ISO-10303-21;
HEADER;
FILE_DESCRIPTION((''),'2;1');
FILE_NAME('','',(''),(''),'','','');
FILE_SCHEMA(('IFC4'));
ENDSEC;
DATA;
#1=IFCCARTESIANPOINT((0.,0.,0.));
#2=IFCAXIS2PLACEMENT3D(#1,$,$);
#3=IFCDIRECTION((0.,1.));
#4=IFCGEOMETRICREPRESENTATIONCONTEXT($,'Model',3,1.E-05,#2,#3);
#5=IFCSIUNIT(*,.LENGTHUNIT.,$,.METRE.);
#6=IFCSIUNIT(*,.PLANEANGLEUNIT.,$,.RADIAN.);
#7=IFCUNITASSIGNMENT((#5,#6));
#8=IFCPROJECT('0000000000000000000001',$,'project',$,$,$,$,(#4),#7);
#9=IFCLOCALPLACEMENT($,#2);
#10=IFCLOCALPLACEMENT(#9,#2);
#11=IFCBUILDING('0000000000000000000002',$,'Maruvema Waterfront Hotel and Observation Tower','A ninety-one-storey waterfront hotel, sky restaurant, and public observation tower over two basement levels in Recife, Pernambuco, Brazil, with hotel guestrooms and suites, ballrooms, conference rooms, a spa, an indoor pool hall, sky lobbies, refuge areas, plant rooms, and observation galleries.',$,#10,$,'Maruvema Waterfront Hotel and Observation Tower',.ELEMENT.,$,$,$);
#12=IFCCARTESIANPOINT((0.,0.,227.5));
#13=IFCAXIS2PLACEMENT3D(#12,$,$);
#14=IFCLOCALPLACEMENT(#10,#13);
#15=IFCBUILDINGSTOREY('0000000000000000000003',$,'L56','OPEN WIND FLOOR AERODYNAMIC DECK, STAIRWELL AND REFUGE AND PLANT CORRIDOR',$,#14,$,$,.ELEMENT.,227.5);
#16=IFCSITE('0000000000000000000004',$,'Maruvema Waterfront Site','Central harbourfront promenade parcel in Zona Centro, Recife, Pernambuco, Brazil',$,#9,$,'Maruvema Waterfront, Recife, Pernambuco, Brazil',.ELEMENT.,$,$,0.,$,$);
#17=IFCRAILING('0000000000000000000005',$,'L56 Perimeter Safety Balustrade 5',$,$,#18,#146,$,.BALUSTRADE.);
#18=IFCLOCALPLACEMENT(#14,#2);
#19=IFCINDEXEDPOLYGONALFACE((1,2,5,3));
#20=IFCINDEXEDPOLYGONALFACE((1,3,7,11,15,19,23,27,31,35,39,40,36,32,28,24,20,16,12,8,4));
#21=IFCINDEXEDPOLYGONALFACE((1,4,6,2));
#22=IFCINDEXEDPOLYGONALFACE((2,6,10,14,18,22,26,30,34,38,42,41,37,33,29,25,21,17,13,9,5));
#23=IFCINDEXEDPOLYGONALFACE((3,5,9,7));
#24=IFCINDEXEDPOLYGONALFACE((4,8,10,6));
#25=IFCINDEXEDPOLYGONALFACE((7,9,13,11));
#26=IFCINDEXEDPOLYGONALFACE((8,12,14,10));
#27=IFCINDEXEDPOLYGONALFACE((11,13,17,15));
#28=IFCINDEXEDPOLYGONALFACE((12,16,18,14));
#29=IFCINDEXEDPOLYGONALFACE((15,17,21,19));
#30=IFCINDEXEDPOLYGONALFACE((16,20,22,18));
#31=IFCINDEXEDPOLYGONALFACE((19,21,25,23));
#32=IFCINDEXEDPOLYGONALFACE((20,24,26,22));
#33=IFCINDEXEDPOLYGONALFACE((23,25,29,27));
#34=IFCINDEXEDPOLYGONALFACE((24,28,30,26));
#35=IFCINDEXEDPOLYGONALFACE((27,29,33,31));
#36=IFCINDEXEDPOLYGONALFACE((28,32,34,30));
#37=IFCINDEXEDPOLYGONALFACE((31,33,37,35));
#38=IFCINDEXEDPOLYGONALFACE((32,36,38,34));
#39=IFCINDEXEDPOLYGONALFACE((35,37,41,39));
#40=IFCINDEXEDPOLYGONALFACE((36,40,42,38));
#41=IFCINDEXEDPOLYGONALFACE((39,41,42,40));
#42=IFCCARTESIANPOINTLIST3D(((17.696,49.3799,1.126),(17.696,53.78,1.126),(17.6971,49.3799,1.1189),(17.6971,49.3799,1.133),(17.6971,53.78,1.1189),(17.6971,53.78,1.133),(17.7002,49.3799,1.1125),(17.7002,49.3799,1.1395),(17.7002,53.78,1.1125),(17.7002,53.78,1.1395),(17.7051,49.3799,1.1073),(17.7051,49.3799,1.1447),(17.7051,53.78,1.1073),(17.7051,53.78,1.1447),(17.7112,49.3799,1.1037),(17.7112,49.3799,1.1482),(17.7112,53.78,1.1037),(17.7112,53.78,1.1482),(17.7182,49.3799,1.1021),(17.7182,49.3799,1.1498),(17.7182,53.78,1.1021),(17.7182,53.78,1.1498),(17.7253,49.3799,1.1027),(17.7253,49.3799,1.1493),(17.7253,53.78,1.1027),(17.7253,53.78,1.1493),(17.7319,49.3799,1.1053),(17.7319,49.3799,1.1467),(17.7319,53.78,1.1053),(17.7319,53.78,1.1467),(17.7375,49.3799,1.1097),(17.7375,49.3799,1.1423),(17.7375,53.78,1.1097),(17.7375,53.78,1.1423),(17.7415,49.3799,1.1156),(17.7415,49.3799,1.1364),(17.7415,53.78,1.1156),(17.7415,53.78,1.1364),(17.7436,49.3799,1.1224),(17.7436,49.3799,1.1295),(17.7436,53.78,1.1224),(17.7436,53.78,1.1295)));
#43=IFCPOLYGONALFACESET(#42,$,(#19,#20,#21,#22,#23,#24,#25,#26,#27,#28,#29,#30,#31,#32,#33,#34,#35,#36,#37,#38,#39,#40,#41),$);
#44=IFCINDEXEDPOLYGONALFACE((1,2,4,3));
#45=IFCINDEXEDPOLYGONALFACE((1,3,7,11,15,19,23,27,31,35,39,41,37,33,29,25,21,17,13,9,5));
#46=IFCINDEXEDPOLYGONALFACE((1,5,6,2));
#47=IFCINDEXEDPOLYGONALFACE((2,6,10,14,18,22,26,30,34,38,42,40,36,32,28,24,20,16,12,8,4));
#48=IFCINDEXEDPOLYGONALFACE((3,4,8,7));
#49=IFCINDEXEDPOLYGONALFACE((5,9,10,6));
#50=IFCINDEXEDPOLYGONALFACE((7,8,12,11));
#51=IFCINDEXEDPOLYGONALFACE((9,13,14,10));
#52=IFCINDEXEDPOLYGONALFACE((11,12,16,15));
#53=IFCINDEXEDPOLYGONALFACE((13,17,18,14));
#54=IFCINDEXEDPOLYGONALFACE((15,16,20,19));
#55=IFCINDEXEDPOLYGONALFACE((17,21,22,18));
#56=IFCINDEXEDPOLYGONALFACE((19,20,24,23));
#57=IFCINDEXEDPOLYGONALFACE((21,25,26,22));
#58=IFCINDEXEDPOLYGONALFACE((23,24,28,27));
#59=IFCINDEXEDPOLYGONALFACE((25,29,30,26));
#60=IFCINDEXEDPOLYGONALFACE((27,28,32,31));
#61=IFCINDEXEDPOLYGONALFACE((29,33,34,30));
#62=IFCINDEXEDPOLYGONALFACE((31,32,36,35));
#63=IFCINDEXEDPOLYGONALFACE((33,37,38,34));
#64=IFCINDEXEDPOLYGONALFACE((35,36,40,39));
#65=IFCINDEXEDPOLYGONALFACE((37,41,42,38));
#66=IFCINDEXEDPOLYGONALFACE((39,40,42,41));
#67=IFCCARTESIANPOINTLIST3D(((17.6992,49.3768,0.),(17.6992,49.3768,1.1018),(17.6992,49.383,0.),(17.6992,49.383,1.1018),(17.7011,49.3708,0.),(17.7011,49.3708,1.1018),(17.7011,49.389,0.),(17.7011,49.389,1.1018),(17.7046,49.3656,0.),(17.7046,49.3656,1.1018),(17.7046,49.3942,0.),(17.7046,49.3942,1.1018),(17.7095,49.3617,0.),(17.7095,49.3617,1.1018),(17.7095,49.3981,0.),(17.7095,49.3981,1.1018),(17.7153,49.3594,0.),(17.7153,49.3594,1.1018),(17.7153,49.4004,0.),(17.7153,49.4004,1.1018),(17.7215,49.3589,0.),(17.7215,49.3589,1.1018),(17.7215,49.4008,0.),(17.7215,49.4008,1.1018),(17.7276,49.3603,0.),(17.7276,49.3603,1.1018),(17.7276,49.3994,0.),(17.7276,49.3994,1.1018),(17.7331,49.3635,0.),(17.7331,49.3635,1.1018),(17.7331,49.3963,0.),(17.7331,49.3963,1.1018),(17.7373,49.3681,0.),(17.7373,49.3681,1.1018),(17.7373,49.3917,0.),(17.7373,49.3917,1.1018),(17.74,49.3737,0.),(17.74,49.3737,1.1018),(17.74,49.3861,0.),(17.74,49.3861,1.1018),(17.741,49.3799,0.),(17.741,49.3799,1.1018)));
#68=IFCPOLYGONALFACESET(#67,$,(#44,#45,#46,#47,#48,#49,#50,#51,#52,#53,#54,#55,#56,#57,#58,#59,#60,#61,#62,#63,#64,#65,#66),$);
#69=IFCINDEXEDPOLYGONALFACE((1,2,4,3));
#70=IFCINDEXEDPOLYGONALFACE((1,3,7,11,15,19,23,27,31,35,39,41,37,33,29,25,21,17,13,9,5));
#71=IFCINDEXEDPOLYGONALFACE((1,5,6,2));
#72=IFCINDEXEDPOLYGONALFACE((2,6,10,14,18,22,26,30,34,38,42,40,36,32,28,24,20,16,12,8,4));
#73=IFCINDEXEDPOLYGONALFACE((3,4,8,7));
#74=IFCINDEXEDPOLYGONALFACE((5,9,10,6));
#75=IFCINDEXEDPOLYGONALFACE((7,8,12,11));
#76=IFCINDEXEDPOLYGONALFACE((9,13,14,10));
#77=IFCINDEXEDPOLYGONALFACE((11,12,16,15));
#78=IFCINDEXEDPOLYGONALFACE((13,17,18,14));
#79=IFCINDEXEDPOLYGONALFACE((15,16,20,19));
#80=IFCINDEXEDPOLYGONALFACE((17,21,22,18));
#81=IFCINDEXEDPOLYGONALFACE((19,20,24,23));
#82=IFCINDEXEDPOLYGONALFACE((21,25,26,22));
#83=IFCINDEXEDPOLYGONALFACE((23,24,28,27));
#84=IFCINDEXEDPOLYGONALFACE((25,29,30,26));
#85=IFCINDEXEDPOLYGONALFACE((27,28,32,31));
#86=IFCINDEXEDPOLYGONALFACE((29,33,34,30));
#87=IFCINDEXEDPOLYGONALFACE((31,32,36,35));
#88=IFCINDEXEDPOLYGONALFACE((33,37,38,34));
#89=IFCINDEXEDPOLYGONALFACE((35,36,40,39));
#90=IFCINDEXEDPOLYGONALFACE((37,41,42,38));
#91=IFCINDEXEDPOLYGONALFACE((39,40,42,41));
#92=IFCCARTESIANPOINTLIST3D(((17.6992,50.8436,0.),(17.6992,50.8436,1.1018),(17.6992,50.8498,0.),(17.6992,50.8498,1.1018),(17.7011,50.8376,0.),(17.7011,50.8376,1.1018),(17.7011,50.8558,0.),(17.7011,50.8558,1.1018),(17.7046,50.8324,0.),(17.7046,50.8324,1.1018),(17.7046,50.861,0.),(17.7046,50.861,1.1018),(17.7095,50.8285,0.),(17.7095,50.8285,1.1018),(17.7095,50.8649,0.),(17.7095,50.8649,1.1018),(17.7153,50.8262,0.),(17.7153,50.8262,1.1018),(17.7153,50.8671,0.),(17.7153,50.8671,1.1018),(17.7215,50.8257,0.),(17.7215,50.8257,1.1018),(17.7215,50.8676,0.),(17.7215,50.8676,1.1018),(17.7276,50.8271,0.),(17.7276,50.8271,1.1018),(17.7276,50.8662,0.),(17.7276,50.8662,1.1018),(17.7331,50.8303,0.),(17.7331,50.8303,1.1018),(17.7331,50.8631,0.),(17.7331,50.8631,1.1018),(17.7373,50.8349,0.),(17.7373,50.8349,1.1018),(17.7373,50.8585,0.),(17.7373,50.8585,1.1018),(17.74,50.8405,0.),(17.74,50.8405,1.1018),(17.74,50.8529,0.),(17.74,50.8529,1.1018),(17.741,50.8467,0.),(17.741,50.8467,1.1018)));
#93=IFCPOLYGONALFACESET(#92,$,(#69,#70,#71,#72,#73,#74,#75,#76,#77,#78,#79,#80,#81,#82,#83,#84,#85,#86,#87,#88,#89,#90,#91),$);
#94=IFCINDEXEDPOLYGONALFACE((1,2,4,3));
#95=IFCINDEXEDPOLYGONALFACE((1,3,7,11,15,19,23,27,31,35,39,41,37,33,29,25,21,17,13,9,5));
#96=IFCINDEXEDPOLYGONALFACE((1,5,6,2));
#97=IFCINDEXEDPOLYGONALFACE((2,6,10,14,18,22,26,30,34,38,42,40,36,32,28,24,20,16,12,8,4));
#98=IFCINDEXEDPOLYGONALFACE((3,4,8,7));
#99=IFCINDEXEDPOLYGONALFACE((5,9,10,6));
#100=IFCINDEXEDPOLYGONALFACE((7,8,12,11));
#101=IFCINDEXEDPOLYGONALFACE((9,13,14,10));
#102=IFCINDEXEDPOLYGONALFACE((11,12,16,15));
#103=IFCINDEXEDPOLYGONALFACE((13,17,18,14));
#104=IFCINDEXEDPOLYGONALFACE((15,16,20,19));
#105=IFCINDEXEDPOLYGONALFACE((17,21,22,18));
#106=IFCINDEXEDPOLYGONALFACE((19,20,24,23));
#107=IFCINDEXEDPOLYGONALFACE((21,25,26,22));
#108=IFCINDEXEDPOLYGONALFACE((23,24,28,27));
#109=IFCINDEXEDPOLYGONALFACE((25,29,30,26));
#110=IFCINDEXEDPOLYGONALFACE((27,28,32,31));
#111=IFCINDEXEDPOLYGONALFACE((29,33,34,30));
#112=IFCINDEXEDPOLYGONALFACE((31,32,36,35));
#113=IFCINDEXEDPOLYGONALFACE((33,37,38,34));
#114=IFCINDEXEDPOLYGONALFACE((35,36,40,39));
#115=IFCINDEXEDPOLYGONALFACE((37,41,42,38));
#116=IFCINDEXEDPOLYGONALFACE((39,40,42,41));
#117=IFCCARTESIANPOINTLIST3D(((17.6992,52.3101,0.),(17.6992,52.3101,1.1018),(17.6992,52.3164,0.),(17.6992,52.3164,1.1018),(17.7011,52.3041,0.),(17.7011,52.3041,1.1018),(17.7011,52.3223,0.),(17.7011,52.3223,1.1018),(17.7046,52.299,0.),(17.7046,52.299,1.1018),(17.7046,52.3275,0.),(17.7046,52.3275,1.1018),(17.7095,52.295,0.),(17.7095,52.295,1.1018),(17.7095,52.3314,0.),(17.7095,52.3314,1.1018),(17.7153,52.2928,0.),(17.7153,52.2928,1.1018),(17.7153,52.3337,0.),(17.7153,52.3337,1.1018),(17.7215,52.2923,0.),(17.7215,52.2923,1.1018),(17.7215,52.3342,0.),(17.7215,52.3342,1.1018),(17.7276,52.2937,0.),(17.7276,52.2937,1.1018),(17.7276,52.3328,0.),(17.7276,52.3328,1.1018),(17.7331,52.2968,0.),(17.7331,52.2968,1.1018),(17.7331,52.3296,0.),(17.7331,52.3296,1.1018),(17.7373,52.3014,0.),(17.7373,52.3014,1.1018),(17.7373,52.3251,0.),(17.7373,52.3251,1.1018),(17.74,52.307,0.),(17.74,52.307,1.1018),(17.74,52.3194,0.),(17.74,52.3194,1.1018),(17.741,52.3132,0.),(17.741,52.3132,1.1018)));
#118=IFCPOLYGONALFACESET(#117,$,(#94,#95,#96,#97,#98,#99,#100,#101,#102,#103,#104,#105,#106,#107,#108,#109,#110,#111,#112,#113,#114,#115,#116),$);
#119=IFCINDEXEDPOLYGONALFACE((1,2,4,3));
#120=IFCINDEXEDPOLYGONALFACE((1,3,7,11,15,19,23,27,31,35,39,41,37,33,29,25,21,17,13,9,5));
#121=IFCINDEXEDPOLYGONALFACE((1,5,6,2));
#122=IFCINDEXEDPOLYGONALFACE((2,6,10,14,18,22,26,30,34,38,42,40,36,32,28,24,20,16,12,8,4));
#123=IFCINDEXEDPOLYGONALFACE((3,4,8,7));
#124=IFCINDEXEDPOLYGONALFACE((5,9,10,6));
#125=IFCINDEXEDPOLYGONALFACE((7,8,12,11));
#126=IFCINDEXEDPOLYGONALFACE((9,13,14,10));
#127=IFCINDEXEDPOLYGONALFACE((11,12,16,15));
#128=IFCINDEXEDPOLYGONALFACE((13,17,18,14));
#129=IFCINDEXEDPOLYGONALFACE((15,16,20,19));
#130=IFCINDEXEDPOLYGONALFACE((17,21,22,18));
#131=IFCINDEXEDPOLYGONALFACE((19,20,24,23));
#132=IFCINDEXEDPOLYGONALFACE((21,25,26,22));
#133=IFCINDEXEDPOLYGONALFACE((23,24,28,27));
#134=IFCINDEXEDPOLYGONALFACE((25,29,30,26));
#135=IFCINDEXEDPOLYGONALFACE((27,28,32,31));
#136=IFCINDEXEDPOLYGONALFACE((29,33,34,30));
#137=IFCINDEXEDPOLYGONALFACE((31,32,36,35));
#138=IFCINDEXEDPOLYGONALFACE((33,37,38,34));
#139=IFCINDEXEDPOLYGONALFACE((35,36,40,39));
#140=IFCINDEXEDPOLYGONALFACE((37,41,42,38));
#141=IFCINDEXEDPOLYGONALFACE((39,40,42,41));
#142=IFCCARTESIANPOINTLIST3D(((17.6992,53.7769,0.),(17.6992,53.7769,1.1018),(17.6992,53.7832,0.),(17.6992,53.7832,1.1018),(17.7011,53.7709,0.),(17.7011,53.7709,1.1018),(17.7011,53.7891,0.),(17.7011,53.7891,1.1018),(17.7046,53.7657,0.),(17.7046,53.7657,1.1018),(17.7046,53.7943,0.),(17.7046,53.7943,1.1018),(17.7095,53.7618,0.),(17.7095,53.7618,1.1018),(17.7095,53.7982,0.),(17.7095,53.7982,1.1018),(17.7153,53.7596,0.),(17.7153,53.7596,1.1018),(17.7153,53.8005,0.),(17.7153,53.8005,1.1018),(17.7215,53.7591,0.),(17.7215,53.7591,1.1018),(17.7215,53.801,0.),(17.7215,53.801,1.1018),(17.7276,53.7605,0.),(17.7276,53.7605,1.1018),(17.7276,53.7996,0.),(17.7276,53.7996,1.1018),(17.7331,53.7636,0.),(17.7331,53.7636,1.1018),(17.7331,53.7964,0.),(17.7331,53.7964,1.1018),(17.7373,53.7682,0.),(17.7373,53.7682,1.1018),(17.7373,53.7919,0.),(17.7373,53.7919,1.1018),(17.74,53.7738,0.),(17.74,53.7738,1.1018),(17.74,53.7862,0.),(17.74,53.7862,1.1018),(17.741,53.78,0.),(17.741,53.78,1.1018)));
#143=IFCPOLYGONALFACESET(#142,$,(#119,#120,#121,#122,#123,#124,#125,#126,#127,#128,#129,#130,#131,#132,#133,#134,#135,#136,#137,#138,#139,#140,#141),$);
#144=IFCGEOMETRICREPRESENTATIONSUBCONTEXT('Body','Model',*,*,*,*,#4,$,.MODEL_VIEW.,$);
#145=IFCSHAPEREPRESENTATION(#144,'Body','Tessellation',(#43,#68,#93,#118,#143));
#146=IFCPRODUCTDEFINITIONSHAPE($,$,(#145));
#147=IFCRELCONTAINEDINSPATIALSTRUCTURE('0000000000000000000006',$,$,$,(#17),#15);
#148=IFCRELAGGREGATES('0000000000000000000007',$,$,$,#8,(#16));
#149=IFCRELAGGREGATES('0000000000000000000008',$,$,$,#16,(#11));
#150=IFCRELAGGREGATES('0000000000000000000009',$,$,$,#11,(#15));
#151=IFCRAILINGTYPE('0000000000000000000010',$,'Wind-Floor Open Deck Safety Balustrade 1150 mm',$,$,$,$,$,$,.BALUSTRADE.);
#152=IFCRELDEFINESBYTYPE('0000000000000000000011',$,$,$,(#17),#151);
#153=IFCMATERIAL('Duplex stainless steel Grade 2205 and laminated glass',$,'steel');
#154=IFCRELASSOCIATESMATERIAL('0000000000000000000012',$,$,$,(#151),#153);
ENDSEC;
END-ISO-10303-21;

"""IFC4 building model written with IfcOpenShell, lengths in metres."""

from ifc_helpers import new_model, si_unit, direction, frame, origin, origin_2d, place, context, subcontext, project, spatial, circle, extrude, material, type_object, element, save


model = new_model("IFC4")

# Units and contexts
model_context = context("Model", 3, precision=1e-05, world=origin(), true_north=direction((0.0, 1.0)))
body_context = subcontext(model_context, "Body", "Model", "MODEL_VIEW")
ifc_project = project(units=[si_unit("LENGTHUNIT", "METRE"), si_unit("PLANEANGLEUNIT", "RADIAN")], contexts=[model_context])

# Site, building, storey
site_placement = place(None, origin())
site = spatial("IfcSite", under=ifc_project, at=site_placement, Name="Maruvema Waterfront Site", Description="Central harbourfront promenade parcel in Zona Centro, Recife, Pernambuco, Brazil", LongName="Maruvema Waterfront, Recife, Pernambuco, Brazil", CompositionType="ELEMENT", RefElevation=0.0)
building_placement = place(site_placement, origin())
building = spatial("IfcBuilding", under=site, at=building_placement, Name="Maruvema Waterfront Hotel and Observation Tower", Description="A ninety-one-storey waterfront hotel, sky restaurant, and public observation tower over two basement levels in Recife, Pernambuco, Brazil, with hotel guestrooms and suites, ballrooms, conference rooms, a spa, an indoor pool hall, sky lobbies, refuge areas, plant rooms, and observation galleries.", LongName="Maruvema Waterfront Hotel and Observation Tower", CompositionType="ELEMENT")
storey_placement = place(building_placement, frame((0.0, 0.0, 227.5)))
storey = spatial("IfcBuildingStorey", under=building, at=storey_placement, Name="L56", Description="OPEN WIND FLOOR AERODYNAMIC DECK, STAIRWELL AND REFUGE AND PLANT CORRIDOR", CompositionType="ELEMENT", Elevation=227.5)

# Railing
ifc_material_1 = material(Name="Duplex stainless steel Grade 2205 and laminated glass", Category="steel")
railing_type = type_object("IfcRailingType", Name="Wind-Floor Open Deck Safety Balustrade 1150 mm", PredefinedType="BALUSTRADE", material=ifc_material_1)
railing_1_placement = place(storey_placement, frame((17.72, 49.3799, 0.0)))
element("IfcRailing", 1, at=railing_1_placement, inside=storey, type_object=railing_type, Name="L56 Perimeter Safety Balustrade 5", PredefinedType="BALUSTRADE", context=body_context, shape_type="SweptSolid", body=[
    extrude(circle(Radius=0.0239, at=origin_2d()), frame((0.0, 0.0, 1.126), z_axis=(0.0, 1.0, 0.0), x_axis=(-1.0, 0.0, 0.0)), (0.0, 0.0, 1.0), 4.4001),
    extrude(circle(Radius=0.021, at=origin_2d()), origin(), (0.0, 0.0, 1.0), 1.1018),
    extrude(circle(Radius=0.021, at=origin_2d()), frame((0.0, 1.4668, 0.0)), (0.0, 0.0, 1.0), 1.1018),
    extrude(circle(Radius=0.021, at=origin_2d()), frame((0.0, 2.9333, 0.0)), (0.0, 0.0, 1.0), 1.1018),
    extrude(circle(Radius=0.021, at=origin_2d()), frame((0.0, 4.4001, 0.0)), (0.0, 0.0, 1.0), 1.1018),
])

save(model, "model.ifc")
